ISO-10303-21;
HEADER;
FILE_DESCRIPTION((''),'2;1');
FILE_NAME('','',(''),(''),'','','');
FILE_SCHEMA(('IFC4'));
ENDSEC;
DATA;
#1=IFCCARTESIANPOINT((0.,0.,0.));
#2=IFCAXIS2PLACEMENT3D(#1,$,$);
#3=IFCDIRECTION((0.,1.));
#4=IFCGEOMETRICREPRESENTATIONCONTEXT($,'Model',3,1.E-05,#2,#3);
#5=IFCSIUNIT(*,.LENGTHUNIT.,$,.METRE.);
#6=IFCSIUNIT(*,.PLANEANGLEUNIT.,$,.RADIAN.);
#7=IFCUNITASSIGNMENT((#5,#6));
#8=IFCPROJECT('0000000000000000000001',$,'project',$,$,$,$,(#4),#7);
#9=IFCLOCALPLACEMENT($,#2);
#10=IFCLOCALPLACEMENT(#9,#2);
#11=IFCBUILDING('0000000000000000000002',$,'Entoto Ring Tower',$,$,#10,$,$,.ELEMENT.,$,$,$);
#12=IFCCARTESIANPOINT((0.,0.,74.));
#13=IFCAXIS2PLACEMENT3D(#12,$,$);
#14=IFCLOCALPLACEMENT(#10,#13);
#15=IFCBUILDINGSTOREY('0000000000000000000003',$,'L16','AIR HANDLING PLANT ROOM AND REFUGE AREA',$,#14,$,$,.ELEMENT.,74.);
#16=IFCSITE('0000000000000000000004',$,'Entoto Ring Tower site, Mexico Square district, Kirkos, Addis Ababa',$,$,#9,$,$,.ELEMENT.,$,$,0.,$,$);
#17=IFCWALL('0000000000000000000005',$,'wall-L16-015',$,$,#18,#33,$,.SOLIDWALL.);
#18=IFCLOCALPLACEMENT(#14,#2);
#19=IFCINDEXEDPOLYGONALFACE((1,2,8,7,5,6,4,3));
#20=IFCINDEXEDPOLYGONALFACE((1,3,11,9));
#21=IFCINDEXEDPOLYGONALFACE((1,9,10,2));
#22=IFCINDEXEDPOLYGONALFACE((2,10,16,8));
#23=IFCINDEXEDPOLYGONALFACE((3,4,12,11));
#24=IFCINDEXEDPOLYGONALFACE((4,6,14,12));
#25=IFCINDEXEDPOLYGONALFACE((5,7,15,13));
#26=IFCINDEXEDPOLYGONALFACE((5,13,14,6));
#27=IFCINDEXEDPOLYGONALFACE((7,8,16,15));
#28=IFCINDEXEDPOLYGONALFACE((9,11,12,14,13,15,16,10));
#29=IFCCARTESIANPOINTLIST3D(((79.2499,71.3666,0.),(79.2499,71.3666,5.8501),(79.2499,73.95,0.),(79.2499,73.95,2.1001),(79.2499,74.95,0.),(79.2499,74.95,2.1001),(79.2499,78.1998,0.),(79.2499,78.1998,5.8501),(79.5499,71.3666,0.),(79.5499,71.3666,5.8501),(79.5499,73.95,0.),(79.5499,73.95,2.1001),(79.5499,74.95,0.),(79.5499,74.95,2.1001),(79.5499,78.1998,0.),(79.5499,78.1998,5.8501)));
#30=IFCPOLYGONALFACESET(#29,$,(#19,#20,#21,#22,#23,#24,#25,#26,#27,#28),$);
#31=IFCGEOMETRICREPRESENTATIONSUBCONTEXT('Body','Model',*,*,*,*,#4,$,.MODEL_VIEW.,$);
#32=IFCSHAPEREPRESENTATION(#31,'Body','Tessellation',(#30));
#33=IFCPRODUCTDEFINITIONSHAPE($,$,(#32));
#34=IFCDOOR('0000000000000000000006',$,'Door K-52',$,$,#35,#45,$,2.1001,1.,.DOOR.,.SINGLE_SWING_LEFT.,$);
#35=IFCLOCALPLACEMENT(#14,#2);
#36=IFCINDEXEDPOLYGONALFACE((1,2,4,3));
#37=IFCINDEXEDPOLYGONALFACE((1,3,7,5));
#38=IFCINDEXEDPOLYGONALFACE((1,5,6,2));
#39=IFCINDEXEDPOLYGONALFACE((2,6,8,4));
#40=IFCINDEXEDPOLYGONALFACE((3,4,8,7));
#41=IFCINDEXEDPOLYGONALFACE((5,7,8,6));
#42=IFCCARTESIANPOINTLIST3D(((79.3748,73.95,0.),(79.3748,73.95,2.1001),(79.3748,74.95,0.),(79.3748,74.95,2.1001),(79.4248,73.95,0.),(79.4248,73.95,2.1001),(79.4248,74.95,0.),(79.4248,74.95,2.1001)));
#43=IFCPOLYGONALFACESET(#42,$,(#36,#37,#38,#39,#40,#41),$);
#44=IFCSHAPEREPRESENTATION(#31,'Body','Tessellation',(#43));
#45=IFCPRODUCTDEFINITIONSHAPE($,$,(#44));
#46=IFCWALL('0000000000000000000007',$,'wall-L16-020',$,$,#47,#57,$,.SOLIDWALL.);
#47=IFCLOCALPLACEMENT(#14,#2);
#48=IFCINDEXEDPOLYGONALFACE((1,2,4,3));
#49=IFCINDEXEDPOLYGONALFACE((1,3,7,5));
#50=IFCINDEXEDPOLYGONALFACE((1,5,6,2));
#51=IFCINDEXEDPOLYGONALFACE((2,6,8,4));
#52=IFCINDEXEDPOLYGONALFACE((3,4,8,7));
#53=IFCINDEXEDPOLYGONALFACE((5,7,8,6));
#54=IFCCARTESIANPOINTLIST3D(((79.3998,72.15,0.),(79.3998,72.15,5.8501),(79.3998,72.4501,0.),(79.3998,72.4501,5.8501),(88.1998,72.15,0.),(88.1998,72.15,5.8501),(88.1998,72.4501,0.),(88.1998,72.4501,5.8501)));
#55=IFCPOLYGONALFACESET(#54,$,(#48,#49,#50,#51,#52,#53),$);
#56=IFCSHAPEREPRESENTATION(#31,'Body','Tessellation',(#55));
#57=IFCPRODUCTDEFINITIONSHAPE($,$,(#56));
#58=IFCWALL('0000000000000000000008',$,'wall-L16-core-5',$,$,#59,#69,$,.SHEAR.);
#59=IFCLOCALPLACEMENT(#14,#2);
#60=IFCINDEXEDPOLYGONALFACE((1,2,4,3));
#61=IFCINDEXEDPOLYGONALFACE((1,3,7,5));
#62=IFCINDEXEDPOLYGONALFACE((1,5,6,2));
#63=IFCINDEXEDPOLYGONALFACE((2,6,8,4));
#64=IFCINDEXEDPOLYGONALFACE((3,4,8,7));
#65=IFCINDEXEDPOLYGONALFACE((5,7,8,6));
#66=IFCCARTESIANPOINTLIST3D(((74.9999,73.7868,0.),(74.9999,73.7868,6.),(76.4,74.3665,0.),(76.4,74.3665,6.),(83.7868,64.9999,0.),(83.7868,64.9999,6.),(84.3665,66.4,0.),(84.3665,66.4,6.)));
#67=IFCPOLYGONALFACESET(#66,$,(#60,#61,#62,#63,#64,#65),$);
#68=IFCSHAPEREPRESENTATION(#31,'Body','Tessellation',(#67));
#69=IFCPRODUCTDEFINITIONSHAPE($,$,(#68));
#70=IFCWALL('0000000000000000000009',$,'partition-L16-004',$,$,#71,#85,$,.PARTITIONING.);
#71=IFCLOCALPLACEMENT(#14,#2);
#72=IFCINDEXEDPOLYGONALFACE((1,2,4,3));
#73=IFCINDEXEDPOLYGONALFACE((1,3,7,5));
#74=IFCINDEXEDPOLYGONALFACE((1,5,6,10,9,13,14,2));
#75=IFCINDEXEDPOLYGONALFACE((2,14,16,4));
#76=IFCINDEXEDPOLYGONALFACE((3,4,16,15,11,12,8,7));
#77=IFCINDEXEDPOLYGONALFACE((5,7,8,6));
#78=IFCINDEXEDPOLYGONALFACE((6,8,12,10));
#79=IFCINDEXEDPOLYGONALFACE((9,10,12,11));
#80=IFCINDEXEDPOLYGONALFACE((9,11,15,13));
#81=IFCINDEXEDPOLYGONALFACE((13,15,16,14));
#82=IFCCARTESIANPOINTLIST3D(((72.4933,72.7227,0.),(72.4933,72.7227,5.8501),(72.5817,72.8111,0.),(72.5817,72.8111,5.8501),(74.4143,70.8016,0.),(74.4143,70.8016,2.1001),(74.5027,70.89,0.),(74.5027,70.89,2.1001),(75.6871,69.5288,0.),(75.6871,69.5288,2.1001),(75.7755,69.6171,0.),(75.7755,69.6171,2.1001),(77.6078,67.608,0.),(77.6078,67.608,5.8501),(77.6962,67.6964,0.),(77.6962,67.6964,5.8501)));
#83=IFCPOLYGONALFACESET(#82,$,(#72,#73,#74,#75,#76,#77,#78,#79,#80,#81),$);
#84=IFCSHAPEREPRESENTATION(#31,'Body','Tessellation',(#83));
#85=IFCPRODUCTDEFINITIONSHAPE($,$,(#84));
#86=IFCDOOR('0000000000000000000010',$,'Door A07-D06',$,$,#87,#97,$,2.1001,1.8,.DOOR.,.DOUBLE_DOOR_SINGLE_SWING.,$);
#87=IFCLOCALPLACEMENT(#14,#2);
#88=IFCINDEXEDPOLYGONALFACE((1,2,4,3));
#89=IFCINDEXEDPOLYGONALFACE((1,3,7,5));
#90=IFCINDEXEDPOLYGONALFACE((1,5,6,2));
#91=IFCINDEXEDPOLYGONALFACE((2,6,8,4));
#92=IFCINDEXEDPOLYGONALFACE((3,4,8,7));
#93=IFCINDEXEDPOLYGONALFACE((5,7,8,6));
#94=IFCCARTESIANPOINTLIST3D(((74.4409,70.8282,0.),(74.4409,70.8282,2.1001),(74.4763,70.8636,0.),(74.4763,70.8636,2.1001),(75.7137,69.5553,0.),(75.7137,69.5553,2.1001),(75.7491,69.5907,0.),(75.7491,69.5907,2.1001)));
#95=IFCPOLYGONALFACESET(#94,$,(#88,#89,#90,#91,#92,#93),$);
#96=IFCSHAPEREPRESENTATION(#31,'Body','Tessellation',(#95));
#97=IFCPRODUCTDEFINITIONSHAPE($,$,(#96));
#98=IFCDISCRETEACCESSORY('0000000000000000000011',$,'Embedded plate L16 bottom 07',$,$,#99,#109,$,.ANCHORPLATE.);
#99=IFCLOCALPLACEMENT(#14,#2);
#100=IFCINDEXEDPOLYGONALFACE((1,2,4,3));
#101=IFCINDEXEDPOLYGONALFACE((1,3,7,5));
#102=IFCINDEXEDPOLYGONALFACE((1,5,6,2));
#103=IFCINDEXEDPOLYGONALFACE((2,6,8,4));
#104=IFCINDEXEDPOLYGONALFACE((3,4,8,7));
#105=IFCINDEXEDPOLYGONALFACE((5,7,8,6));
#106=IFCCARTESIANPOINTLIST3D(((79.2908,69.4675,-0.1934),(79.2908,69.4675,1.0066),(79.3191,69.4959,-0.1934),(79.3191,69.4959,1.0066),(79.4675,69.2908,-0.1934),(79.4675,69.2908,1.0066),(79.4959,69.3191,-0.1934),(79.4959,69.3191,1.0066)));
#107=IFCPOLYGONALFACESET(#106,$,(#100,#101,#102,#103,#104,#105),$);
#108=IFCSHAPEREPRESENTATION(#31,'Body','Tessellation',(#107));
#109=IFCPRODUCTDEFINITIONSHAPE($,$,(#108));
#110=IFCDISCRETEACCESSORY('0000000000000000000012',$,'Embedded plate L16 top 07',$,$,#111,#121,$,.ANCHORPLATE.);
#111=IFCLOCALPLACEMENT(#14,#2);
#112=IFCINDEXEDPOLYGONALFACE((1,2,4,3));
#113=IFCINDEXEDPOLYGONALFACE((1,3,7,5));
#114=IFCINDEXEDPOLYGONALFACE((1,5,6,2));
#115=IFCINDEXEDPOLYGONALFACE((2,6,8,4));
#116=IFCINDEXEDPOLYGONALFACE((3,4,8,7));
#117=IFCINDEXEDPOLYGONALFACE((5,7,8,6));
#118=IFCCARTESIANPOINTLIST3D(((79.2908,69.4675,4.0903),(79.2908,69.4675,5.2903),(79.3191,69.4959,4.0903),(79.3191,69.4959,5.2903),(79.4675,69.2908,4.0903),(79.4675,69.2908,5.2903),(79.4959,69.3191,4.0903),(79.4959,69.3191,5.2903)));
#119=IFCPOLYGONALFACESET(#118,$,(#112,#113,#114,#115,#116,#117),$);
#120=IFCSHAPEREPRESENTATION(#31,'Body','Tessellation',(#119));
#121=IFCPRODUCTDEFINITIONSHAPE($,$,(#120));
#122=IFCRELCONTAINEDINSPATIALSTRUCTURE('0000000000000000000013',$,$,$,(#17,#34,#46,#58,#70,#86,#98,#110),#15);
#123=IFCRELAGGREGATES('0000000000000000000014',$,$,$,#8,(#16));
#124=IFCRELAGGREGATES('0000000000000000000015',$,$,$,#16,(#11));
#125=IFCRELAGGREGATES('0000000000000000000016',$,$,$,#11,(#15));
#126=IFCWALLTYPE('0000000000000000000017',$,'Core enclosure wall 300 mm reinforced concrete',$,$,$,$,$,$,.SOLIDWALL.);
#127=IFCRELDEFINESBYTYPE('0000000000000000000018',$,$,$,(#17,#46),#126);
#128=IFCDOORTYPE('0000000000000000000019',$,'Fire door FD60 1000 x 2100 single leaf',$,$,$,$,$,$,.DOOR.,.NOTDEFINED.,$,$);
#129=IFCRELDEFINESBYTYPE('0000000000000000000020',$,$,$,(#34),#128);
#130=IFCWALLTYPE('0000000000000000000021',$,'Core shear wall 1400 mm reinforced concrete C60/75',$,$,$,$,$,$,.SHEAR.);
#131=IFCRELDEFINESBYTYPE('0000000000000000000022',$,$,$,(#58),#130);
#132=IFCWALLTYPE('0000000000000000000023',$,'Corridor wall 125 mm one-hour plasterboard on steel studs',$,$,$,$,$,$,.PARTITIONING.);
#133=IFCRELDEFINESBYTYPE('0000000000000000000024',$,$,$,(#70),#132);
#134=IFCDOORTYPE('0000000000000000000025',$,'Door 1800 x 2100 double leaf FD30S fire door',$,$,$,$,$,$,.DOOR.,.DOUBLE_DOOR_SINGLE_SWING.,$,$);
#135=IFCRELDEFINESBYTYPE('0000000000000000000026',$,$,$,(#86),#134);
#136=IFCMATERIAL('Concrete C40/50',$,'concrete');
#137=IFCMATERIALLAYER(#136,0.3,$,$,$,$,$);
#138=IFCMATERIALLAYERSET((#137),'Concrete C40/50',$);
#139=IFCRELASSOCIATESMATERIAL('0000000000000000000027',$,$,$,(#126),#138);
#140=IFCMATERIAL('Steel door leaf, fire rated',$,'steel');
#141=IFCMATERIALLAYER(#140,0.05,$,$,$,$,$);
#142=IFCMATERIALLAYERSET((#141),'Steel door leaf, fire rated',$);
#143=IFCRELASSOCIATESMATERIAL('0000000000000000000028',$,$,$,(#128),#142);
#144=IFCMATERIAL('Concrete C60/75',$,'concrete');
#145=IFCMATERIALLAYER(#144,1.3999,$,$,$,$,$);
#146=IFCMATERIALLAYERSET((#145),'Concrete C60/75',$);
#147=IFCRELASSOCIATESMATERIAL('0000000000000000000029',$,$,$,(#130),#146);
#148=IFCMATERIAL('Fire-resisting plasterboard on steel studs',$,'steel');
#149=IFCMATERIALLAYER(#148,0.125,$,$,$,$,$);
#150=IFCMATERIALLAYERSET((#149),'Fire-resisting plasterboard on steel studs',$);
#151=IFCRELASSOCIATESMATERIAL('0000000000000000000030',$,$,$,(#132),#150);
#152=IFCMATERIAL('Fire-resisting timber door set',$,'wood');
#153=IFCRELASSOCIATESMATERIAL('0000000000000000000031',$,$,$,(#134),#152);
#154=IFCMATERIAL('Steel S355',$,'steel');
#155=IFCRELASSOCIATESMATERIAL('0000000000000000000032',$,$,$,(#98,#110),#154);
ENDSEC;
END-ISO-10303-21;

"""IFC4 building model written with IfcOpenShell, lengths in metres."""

from ifc_helpers import new_model, si_unit, direction, frame, frame_2d, origin, origin_2d, place, context, subcontext, project, spatial, polyline, rectangle, outline, extrude, material, layer, layer_set, type_object, element, fill, save


model = new_model("IFC4")

# Units and contexts
model_context = context("Model", 3, precision=1e-05, world=origin(), true_north=direction((0.0, 1.0)))
body_context = subcontext(model_context, "Body", "Model", "MODEL_VIEW")
ifc_project = project(units=[si_unit("LENGTHUNIT", "METRE"), si_unit("PLANEANGLEUNIT", "RADIAN")], contexts=[model_context])

# Site, building, storey
site_placement = place(None, origin())
site = spatial("IfcSite", under=ifc_project, at=site_placement, Name="Entoto Ring Tower site, Mexico Square district, Kirkos, Addis Ababa", CompositionType="ELEMENT", RefElevation=0.0)
building_placement = place(site_placement, origin())
building = spatial("IfcBuilding", under=site, at=building_placement, Name="Entoto Ring Tower", CompositionType="ELEMENT")
storey_placement = place(building_placement, frame((0.0, 0.0, 74.0)))
storey = spatial("IfcBuildingStorey", under=building, at=storey_placement, Name="L16", Description="AIR HANDLING PLANT ROOM AND REFUGE AREA", CompositionType="ELEMENT", Elevation=74.0)

# Wall, opening, door
ifc_material_1 = material(Name="Concrete C40/50", Category="concrete")
ifc_layer_1 = layer(ifc_material_1, 0.3)
ifc_layer_set_1 = layer_set([ifc_layer_1], Name="Concrete C40/50")
wall_type_1 = type_object("IfcWallType", Name="Core enclosure wall 300 mm reinforced concrete", PredefinedType="SOLIDWALL", material=ifc_layer_set_1)
wall_1_placement = place(storey_placement, frame((79.3999, 71.3667, 0.0), z_axis=(0.0, 0.0, 1.0), x_axis=(0.0, 1.0, 0.0)))
wall_1 = element("IfcWall", 1, at=wall_1_placement, inside=storey, type_object=wall_type_1, Name="wall-L16-015", PredefinedType="SOLIDWALL", context=body_context, shape_type="SweptSolid", body=[
    extrude(rectangle(XDim=6.8333, YDim=0.3, at=frame_2d((3.4165, 0.0))), origin(), (0.0, 0.0, 1.0), 5.8501),
])
opening_1_placement = place(wall_1_placement, frame((2.5833, 0.0, 0.0)))
opening_1 = element("IfcOpeningElement", 2, at=opening_1_placement, cuts=wall_1, PredefinedType="OPENING", context=body_context, shape_type="SweptSolid", body=[
    extrude(rectangle(XDim=1.0, YDim=2.1001, at=frame_2d((0.5, 1.05))), frame((0.0, 0.1602, 0.0), z_axis=(0.0, -1.0, 0.0), x_axis=(1.0, 0.0, 0.0)), (0.0, 0.0, 1.0), 0.3201),
])
ifc_material_2 = material(Name="Steel door leaf, fire rated", Category="steel")
ifc_layer_2 = layer(ifc_material_2, 0.05)
ifc_layer_set_2 = layer_set([ifc_layer_2], Name="Steel door leaf, fire rated")
door_type_1 = type_object("IfcDoorType", Name="Fire door FD60 1000 x 2100 single leaf", OperationType="NOTDEFINED", PredefinedType="DOOR", material=ifc_layer_set_2)
door_1_placement = place(opening_1_placement, frame((1.0, 0.0, 0.0), z_axis=(0.0, 0.0, 1.0), x_axis=(-1.0, 0.0, 0.0)))
door_1 = element("IfcDoor", 3, at=door_1_placement, inside=storey, type_object=door_type_1, Name="Door K-52", OperationType="SINGLE_SWING_LEFT", OverallHeight=2.1001, OverallWidth=1.0, PredefinedType="DOOR", context=body_context, shape_type="SweptSolid", body=[
    extrude(rectangle(XDim=1.0, YDim=2.1001, at=frame_2d((0.5, 1.05))), frame((0.0, 0.0249, 0.0), z_axis=(0.0, -1.0, 0.0), x_axis=(1.0, 0.0, 0.0)), (0.0, 0.0, 1.0), 0.05),
])
fill(opening_1, door_1)

# Walls
wall_2_placement = place(storey_placement, frame((79.3999, 72.3, 0.0), z_axis=(0.0, 0.0, 1.0), x_axis=(1.0, 0.0, 0.0)))
element("IfcWall", 4, at=wall_2_placement, inside=storey, type_object=wall_type_1, Name="wall-L16-020", PredefinedType="SOLIDWALL", context=body_context, shape_type="SweptSolid", body=[
    extrude(rectangle(XDim=8.8, YDim=0.3, at=frame_2d((4.3999, 0.0))), origin(), (0.0, 0.0, 1.0), 5.8501),
])
ifc_material_3 = material(Name="Concrete C60/75", Category="concrete")
ifc_layer_3 = layer(ifc_material_3, 1.3999)
ifc_layer_set_3 = layer_set([ifc_layer_3], Name="Concrete C60/75")
wall_type_2 = type_object("IfcWallType", Name="Core shear wall 1400 mm reinforced concrete C60/75", PredefinedType="SHEAR", material=ifc_layer_set_3)
wall_3_placement = place(storey_placement, frame((75.7, 74.0767, 0.0), z_axis=(0.0, 0.0, 1.0), x_axis=(0.707107, -0.707107, 0.0)))
element("IfcWall", 5, at=wall_3_placement, inside=storey, type_object=wall_type_2, Name="wall-L16-core-5", PredefinedType="SHEAR", context=body_context, shape_type="SweptSolid", body=[
    extrude(outline(polyline([(-0.29, -0.7), (12.1365, -0.7), (11.5564, 0.7), (0.29, 0.7), (-0.29, -0.7)])), origin(), (0.0, 0.0, 1.0), 6.0),
])

# Wall, opening, door
ifc_material_4 = material(Name="Fire-resisting plasterboard on steel studs", Category="steel")
ifc_layer_4 = layer(ifc_material_4, 0.125)
ifc_layer_set_4 = layer_set([ifc_layer_4], Name="Fire-resisting plasterboard on steel studs")
wall_type_3 = type_object("IfcWallType", Name="Corridor wall 125 mm one-hour plasterboard on steel studs", PredefinedType="PARTITIONING", material=ifc_layer_set_4)
wall_4_placement = place(storey_placement, frame((77.6521, 67.6521, 0.0), z_axis=(0.0, 0.0, 1.0), x_axis=(-0.70709, 0.707124, 0.0)))
wall_4 = element("IfcWall", 6, at=wall_4_placement, inside=storey, type_object=wall_type_3, Name="partition-L16-004", PredefinedType="PARTITIONING", context=body_context, shape_type="SweptSolid", body=[
    extrude(rectangle(XDim=7.2332, YDim=0.125, at=frame_2d((3.6167, 0.0))), origin(), (0.0, 0.0, 1.0), 5.8501),
])
opening_2_placement = place(wall_4_placement, frame((2.7166, 0.0, 0.0)))
opening_2 = element("IfcOpeningElement", 7, at=opening_2_placement, cuts=wall_4, PredefinedType="OPENING", context=body_context, shape_type="SweptSolid", body=[
    extrude(rectangle(XDim=1.8, YDim=2.1001, at=frame_2d((0.8999, 1.05))), frame((0.0, 0.0725, 0.0), z_axis=(0.0, -1.0, 0.0), x_axis=(1.0, 0.0, 0.0)), (0.0, 0.0, 1.0), 0.145),
])
ifc_material_5 = material(Name="Fire-resisting timber door set", Category="wood")
door_type_2 = type_object("IfcDoorType", Name="Door 1800 x 2100 double leaf FD30S fire door", OperationType="DOUBLE_DOOR_SINGLE_SWING", PredefinedType="DOOR", material=ifc_material_5)
door_2_placement = place(opening_2_placement, origin())
door_2 = element("IfcDoor", 8, at=door_2_placement, inside=storey, type_object=door_type_2, Name="Door A07-D06", OperationType="DOUBLE_DOOR_SINGLE_SWING", OverallHeight=2.1001, OverallWidth=1.8, PredefinedType="DOOR", context=body_context, shape_type="SweptSolid", body=[
    extrude(rectangle(XDim=1.8, YDim=2.1001, at=frame_2d((0.8999, 1.05))), frame((0.0, 0.0249, 0.0), z_axis=(0.0, -1.0, 0.0), x_axis=(1.0, 0.0, 0.0)), (0.0, 0.0, 1.0), 0.05),
])
fill(opening_2, door_2)

# Discrete accessories
ifc_material_6 = material(Name="Steel S355", Category="steel")
for number, where, z_axis, x_axis, name in (
    (9, (79.3933, 69.3933, -0.1934), (0.0, 0.0, 1.0), (-0.707107, -0.707107, 0.0), "Embedded plate L16 bottom 07"),
    (10, (79.3933, 69.3933, 4.0903), (0.0, 0.0, 1.0), (-0.707107, -0.707107, 0.0), "Embedded plate L16 top 07"),
):
    element("IfcDiscreteAccessory", number, at=place(storey_placement, frame(where, z_axis=z_axis, x_axis=x_axis)), inside=storey, material=ifc_material_6, Name=name, PredefinedType="ANCHORPLATE", context=body_context, shape_type="SweptSolid", body=[
        extrude(rectangle(XDim=0.04, YDim=0.25, at=origin_2d()), origin(), (0.0, 0.0, 1.0), 1.2),
    ])

save(model, "model.ifc")
